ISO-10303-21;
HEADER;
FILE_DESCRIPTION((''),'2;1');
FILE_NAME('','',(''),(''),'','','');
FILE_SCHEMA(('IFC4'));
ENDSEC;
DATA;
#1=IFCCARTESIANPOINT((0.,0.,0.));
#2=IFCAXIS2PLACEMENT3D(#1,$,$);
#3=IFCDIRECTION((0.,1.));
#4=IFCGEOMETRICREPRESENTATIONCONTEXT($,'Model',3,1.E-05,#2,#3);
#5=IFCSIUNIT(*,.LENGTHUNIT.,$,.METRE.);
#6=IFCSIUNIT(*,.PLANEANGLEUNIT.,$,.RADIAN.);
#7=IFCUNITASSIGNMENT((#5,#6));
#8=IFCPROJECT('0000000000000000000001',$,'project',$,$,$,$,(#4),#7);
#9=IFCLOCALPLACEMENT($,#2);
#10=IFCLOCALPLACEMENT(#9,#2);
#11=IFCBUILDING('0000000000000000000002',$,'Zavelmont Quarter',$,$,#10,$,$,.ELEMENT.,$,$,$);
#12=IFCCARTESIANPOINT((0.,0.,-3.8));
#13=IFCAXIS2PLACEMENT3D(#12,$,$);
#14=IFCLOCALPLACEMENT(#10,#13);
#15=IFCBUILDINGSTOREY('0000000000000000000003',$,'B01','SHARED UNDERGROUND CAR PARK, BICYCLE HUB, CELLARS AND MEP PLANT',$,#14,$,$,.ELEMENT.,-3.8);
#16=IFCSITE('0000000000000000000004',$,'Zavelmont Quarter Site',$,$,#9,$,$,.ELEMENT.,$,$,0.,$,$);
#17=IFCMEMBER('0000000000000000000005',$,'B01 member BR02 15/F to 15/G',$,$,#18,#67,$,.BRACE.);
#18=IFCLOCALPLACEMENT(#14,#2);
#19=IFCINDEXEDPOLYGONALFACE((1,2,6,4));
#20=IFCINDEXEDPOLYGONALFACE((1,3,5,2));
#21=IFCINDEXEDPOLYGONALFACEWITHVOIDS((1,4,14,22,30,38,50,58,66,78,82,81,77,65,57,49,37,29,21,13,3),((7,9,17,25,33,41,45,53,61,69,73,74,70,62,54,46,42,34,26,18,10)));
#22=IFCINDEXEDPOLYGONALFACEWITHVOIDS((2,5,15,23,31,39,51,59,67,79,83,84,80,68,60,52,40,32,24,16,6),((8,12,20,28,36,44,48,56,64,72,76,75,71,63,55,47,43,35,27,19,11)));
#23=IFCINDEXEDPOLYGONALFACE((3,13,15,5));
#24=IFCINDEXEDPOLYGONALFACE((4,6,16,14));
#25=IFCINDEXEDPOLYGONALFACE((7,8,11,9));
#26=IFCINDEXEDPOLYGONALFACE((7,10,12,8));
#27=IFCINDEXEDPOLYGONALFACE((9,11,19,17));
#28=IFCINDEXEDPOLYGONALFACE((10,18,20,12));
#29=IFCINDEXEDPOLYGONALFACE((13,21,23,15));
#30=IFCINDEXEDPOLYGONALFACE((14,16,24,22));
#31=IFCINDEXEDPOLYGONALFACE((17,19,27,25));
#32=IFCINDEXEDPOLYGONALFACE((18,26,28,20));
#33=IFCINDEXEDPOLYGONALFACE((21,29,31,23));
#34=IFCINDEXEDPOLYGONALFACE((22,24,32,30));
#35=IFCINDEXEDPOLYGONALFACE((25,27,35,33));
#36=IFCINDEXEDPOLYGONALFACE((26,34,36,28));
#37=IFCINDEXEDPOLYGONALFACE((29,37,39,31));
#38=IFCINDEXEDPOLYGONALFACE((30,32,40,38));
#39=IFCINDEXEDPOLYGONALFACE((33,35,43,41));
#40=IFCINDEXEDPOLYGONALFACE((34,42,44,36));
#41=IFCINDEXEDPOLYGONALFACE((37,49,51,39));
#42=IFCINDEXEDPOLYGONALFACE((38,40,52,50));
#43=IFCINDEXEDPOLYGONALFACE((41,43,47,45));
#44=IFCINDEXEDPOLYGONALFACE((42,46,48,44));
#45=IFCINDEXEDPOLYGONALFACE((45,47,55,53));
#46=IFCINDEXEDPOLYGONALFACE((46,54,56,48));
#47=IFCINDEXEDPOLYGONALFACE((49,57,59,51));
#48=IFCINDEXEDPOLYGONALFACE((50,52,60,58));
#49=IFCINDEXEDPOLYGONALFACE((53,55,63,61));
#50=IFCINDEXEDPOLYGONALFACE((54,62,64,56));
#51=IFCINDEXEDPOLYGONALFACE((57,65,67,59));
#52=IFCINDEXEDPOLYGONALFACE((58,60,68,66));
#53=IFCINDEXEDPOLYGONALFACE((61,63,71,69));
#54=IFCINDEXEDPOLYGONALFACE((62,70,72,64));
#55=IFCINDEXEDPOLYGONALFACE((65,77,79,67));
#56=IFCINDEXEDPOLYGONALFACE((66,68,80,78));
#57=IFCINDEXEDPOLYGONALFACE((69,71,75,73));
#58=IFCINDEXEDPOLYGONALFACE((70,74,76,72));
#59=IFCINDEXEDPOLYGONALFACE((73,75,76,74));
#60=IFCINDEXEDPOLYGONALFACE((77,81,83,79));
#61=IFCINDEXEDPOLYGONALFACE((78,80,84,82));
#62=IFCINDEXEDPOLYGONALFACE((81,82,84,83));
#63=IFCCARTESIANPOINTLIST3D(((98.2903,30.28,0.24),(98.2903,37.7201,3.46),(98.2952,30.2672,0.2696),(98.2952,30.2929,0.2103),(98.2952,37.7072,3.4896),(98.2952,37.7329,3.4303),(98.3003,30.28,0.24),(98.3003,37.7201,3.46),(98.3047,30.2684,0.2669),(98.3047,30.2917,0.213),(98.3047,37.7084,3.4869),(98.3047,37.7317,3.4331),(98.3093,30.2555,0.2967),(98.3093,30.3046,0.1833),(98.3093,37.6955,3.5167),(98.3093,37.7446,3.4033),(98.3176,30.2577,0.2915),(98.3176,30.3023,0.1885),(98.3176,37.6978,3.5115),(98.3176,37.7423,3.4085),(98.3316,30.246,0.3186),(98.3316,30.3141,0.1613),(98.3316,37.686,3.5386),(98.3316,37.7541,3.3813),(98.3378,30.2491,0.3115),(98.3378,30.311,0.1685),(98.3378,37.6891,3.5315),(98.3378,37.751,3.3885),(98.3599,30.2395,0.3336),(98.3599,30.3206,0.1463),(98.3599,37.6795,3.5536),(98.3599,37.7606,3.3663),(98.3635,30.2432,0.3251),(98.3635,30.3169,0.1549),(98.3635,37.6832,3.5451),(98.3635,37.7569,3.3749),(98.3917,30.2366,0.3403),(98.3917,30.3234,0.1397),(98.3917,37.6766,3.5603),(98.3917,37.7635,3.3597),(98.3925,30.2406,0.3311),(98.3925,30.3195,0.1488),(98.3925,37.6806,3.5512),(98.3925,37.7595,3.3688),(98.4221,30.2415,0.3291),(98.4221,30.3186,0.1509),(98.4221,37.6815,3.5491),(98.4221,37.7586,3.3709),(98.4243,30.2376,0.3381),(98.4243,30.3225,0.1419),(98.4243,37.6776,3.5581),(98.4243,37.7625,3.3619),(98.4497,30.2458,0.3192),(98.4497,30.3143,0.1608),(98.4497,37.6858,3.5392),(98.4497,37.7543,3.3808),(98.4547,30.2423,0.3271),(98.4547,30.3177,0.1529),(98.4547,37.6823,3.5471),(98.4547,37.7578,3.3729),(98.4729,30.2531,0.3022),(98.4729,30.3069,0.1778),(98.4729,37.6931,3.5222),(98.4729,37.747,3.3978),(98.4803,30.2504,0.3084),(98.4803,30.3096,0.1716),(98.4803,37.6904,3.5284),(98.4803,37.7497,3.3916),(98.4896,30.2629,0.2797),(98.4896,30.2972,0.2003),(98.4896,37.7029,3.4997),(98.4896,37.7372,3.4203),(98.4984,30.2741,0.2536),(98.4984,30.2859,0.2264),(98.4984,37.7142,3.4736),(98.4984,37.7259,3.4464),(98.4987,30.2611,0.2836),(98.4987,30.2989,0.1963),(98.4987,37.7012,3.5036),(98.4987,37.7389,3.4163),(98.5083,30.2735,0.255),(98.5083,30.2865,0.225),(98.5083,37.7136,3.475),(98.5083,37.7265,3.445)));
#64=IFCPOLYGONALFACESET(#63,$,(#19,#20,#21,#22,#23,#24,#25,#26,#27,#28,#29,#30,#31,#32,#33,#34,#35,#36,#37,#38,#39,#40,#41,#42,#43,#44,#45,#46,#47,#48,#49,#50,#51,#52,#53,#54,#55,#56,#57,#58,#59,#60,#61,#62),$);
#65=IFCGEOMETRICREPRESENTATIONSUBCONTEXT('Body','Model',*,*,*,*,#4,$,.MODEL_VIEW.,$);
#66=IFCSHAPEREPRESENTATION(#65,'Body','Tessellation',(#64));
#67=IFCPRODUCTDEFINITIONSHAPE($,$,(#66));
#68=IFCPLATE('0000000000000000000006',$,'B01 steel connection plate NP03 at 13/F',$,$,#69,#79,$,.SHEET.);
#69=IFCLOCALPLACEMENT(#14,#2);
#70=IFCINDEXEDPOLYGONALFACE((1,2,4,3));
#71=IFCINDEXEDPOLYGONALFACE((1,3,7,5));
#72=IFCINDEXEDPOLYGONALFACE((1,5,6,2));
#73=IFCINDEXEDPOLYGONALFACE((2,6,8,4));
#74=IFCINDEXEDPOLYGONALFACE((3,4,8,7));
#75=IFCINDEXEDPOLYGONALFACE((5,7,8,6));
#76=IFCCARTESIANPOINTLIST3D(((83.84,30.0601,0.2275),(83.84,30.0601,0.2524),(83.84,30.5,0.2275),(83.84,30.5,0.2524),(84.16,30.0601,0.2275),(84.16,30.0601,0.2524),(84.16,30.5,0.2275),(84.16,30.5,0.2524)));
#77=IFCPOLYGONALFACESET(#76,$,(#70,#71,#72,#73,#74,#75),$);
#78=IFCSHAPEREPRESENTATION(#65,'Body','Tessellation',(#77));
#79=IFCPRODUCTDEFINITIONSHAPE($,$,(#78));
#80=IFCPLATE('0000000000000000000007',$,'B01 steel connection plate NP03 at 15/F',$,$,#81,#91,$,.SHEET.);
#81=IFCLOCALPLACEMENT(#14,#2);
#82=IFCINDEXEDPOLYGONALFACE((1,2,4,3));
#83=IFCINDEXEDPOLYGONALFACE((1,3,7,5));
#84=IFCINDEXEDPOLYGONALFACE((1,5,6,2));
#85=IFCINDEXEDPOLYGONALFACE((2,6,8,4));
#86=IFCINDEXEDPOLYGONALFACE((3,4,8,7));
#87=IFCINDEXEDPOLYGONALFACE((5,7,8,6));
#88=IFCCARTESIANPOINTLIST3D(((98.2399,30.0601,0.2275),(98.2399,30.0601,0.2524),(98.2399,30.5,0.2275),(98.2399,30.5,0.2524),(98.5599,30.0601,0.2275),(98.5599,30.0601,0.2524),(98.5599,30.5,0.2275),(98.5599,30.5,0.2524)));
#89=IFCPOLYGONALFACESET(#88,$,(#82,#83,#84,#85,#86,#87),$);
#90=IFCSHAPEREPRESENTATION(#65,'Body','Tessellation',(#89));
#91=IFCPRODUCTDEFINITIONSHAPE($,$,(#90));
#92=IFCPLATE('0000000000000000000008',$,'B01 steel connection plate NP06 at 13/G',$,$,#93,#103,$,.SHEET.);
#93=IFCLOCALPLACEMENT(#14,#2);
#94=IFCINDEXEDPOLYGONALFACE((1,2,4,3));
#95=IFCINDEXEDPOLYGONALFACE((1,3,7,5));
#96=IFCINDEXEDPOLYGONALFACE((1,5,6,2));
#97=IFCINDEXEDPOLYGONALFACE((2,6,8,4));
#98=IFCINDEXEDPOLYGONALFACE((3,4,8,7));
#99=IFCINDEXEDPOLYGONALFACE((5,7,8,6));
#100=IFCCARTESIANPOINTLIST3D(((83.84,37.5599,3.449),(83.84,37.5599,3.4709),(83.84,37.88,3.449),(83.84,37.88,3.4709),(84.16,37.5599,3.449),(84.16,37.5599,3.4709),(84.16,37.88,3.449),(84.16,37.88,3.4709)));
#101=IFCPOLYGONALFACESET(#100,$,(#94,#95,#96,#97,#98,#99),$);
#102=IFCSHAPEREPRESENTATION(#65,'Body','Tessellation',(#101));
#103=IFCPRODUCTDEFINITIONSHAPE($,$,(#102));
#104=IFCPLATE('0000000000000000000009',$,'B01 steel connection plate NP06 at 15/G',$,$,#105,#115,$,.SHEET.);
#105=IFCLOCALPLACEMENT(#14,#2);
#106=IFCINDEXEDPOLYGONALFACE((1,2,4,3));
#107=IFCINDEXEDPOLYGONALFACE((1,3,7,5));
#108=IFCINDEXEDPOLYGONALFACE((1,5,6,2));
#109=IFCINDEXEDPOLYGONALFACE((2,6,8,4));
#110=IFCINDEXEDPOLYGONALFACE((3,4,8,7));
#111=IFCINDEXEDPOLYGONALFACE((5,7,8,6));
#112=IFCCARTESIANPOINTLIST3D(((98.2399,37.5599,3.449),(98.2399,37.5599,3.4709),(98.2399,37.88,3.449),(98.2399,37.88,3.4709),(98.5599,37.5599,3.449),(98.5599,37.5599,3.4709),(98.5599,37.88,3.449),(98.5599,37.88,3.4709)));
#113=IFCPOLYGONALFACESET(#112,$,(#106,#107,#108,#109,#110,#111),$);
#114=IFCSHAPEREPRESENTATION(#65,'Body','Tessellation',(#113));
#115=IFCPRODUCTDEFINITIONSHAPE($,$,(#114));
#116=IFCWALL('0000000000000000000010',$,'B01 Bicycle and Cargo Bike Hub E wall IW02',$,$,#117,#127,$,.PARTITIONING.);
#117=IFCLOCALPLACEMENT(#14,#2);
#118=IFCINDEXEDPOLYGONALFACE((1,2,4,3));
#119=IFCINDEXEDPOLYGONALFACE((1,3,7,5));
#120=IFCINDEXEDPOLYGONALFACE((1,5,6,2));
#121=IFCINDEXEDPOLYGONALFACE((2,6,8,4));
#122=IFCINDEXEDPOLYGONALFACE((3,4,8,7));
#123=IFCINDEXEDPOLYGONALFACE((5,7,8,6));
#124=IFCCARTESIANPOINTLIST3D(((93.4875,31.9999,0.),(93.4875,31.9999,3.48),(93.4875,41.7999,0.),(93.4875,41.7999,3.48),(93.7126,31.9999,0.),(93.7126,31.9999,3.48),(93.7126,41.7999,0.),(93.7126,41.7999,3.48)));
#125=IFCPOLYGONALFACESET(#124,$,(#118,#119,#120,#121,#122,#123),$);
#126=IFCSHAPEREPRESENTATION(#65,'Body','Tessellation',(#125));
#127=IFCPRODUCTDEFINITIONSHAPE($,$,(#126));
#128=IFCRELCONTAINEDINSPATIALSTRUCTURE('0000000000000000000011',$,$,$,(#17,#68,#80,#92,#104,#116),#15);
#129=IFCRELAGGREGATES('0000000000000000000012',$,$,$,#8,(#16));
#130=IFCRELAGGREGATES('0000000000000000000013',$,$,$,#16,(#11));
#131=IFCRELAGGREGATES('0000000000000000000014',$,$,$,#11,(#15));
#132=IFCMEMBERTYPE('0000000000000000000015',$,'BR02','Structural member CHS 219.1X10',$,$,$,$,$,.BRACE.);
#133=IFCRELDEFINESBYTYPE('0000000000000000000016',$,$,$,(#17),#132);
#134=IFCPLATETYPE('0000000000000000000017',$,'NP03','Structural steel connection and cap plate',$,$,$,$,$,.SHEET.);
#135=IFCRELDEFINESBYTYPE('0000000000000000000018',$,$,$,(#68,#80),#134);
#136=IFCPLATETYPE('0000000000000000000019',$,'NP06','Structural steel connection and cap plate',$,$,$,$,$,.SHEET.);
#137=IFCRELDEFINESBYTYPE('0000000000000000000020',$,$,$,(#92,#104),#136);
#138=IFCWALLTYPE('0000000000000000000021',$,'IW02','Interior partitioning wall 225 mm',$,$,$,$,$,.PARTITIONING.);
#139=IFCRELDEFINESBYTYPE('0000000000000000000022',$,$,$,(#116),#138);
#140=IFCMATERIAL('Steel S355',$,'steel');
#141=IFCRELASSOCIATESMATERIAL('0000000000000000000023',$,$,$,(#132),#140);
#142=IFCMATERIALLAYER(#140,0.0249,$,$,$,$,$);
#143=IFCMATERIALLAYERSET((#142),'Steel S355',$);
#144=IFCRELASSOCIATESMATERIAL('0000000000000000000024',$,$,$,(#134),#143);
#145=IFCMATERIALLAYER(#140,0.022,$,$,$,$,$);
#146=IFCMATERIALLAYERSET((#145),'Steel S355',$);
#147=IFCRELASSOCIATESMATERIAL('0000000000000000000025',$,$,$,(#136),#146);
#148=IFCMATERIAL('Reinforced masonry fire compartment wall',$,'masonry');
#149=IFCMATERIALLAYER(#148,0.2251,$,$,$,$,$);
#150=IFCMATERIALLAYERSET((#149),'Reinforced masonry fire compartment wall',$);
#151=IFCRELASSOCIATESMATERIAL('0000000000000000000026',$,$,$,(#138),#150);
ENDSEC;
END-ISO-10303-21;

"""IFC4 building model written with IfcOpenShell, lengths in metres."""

from ifc_helpers import new_model, si_unit, direction, frame, frame_2d, origin, origin_2d, place, context, subcontext, project, spatial, rectangle, hollow_circle, extrude, material, layer, layer_set, material_profile, profile_set, type_object, element, save


model = new_model("IFC4")

# Units and contexts
model_context = context("Model", 3, precision=1e-05, world=origin(), true_north=direction((0.0, 1.0)))
body_context = subcontext(model_context, "Body", "Model", "MODEL_VIEW")
ifc_project = project(units=[si_unit("LENGTHUNIT", "METRE"), si_unit("PLANEANGLEUNIT", "RADIAN")], contexts=[model_context])

# Site, building, storey
site_placement = place(None, origin())
site = spatial("IfcSite", under=ifc_project, at=site_placement, Name="Zavelmont Quarter Site", CompositionType="ELEMENT", RefElevation=0.0)
building_placement = place(site_placement, origin())
building = spatial("IfcBuilding", under=site, at=building_placement, Name="Zavelmont Quarter", CompositionType="ELEMENT")
storey_placement = place(building_placement, frame((0.0, 0.0, -3.8)))
storey = spatial("IfcBuildingStorey", under=building, at=storey_placement, Name="B01", Description="SHARED UNDERGROUND CAR PARK, BICYCLE HUB, CELLARS AND MEP PLANT", CompositionType="ELEMENT", Elevation=-3.8)

# Member
ifc_material_1 = material(Name="Steel S355", Category="steel")
ifc_material_profile_1 = material_profile(ifc_material_1, hollow_circle(Radius=0.1096, WallThickness=0.01, at=origin_2d()), Name="CHS 219.1X10")
ifc_profile_set_1 = profile_set([ifc_material_profile_1], Name="Steel S355")
member_type = type_object("IfcMemberType", Name="BR02", Description="Structural member CHS 219.1X10", PredefinedType="BRACE", material=ifc_profile_set_1)
for number, where, z_axis, x_axis, name in (
    (1, (98.3999, 30.28, 0.24), (0.0, 0.917736, 0.397192), (-1.0, 0.0, 0.0), "B01 member BR02 15/F to 15/G"),
):
    element("IfcMember", number, at=place(storey_placement, frame(where, z_axis=z_axis, x_axis=x_axis)), inside=storey, type_object=member_type, Name=name, PredefinedType="BRACE", context=body_context, shape_type="SweptSolid", body=[
        extrude(hollow_circle(Radius=0.1096, WallThickness=0.01, at=origin_2d()), origin(), (0.0, 0.0, 1.0), 8.1069),
    ])

# Plates
ifc_layer_1 = layer(ifc_material_1, 0.0249)
ifc_layer_set_1 = layer_set([ifc_layer_1], Name="Steel S355")
plate_type_1 = type_object("IfcPlateType", Name="NP03", Description="Structural steel connection and cap plate", PredefinedType="SHEET", material=ifc_layer_set_1)
for number, where, z_axis, x_axis, name in (
    (2, (84.0, 30.28, 0.2275), (0.0, 0.0, 1.0), (0.0, 1.0, 0.0), "B01 steel connection plate NP03 at 13/F"),
    (3, (98.3999, 30.28, 0.2275), (0.0, 0.0, 1.0), (0.0, 1.0, 0.0), "B01 steel connection plate NP03 at 15/F"),
):
    element("IfcPlate", number, at=place(storey_placement, frame(where, z_axis=z_axis, x_axis=x_axis)), inside=storey, type_object=plate_type_1, Name=name, PredefinedType="SHEET", context=body_context, shape_type="SweptSolid", body=[
        extrude(rectangle(XDim=0.4399, YDim=0.3201, at=origin_2d()), origin(), (0.0, 0.0, 1.0), 0.0249),
    ])
ifc_layer_2 = layer(ifc_material_1, 0.022)
ifc_layer_set_2 = layer_set([ifc_layer_2], Name="Steel S355")
plate_type_2 = type_object("IfcPlateType", Name="NP06", Description="Structural steel connection and cap plate", PredefinedType="SHEET", material=ifc_layer_set_2)
for number, where, z_axis, x_axis, name in (
    (4, (84.0, 37.72, 3.449), (0.0, 0.0, 1.0), (0.0, 1.0, 0.0), "B01 steel connection plate NP06 at 13/G"),
    (5, (98.3999, 37.72, 3.449), (0.0, 0.0, 1.0), (0.0, 1.0, 0.0), "B01 steel connection plate NP06 at 15/G"),
):
    element("IfcPlate", number, at=place(storey_placement, frame(where, z_axis=z_axis, x_axis=x_axis)), inside=storey, type_object=plate_type_2, Name=name, PredefinedType="SHEET", context=body_context, shape_type="SweptSolid", body=[
        extrude(rectangle(XDim=0.3201, YDim=0.3201, at=origin_2d()), origin(), (0.0, 0.0, 1.0), 0.022),
    ])

# Wall
ifc_material_2 = material(Name="Reinforced masonry fire compartment wall", Category="masonry")
ifc_layer_3 = layer(ifc_material_2, 0.2251)
ifc_layer_set_3 = layer_set([ifc_layer_3], Name="Reinforced masonry fire compartment wall")
wall_type = type_object("IfcWallType", Name="IW02", Description="Interior partitioning wall 225 mm", PredefinedType="PARTITIONING", material=ifc_layer_set_3)
wall_placement = place(storey_placement, frame((93.6001, 32.0, 0.0), z_axis=(0.0, 0.0, 1.0), x_axis=(0.0, 1.0, 0.0)))
element("IfcWall", 6, at=wall_placement, inside=storey, type_object=wall_type, Name="B01 Bicycle and Cargo Bike Hub E wall IW02", PredefinedType="PARTITIONING", context=body_context, shape_type="SweptSolid", body=[
    extrude(rectangle(XDim=9.8, YDim=0.2251, at=frame_2d((4.8999, 0.0))), origin(), (0.0, 0.0, 1.0), 3.48),
])

save(model, "model.ifc")
